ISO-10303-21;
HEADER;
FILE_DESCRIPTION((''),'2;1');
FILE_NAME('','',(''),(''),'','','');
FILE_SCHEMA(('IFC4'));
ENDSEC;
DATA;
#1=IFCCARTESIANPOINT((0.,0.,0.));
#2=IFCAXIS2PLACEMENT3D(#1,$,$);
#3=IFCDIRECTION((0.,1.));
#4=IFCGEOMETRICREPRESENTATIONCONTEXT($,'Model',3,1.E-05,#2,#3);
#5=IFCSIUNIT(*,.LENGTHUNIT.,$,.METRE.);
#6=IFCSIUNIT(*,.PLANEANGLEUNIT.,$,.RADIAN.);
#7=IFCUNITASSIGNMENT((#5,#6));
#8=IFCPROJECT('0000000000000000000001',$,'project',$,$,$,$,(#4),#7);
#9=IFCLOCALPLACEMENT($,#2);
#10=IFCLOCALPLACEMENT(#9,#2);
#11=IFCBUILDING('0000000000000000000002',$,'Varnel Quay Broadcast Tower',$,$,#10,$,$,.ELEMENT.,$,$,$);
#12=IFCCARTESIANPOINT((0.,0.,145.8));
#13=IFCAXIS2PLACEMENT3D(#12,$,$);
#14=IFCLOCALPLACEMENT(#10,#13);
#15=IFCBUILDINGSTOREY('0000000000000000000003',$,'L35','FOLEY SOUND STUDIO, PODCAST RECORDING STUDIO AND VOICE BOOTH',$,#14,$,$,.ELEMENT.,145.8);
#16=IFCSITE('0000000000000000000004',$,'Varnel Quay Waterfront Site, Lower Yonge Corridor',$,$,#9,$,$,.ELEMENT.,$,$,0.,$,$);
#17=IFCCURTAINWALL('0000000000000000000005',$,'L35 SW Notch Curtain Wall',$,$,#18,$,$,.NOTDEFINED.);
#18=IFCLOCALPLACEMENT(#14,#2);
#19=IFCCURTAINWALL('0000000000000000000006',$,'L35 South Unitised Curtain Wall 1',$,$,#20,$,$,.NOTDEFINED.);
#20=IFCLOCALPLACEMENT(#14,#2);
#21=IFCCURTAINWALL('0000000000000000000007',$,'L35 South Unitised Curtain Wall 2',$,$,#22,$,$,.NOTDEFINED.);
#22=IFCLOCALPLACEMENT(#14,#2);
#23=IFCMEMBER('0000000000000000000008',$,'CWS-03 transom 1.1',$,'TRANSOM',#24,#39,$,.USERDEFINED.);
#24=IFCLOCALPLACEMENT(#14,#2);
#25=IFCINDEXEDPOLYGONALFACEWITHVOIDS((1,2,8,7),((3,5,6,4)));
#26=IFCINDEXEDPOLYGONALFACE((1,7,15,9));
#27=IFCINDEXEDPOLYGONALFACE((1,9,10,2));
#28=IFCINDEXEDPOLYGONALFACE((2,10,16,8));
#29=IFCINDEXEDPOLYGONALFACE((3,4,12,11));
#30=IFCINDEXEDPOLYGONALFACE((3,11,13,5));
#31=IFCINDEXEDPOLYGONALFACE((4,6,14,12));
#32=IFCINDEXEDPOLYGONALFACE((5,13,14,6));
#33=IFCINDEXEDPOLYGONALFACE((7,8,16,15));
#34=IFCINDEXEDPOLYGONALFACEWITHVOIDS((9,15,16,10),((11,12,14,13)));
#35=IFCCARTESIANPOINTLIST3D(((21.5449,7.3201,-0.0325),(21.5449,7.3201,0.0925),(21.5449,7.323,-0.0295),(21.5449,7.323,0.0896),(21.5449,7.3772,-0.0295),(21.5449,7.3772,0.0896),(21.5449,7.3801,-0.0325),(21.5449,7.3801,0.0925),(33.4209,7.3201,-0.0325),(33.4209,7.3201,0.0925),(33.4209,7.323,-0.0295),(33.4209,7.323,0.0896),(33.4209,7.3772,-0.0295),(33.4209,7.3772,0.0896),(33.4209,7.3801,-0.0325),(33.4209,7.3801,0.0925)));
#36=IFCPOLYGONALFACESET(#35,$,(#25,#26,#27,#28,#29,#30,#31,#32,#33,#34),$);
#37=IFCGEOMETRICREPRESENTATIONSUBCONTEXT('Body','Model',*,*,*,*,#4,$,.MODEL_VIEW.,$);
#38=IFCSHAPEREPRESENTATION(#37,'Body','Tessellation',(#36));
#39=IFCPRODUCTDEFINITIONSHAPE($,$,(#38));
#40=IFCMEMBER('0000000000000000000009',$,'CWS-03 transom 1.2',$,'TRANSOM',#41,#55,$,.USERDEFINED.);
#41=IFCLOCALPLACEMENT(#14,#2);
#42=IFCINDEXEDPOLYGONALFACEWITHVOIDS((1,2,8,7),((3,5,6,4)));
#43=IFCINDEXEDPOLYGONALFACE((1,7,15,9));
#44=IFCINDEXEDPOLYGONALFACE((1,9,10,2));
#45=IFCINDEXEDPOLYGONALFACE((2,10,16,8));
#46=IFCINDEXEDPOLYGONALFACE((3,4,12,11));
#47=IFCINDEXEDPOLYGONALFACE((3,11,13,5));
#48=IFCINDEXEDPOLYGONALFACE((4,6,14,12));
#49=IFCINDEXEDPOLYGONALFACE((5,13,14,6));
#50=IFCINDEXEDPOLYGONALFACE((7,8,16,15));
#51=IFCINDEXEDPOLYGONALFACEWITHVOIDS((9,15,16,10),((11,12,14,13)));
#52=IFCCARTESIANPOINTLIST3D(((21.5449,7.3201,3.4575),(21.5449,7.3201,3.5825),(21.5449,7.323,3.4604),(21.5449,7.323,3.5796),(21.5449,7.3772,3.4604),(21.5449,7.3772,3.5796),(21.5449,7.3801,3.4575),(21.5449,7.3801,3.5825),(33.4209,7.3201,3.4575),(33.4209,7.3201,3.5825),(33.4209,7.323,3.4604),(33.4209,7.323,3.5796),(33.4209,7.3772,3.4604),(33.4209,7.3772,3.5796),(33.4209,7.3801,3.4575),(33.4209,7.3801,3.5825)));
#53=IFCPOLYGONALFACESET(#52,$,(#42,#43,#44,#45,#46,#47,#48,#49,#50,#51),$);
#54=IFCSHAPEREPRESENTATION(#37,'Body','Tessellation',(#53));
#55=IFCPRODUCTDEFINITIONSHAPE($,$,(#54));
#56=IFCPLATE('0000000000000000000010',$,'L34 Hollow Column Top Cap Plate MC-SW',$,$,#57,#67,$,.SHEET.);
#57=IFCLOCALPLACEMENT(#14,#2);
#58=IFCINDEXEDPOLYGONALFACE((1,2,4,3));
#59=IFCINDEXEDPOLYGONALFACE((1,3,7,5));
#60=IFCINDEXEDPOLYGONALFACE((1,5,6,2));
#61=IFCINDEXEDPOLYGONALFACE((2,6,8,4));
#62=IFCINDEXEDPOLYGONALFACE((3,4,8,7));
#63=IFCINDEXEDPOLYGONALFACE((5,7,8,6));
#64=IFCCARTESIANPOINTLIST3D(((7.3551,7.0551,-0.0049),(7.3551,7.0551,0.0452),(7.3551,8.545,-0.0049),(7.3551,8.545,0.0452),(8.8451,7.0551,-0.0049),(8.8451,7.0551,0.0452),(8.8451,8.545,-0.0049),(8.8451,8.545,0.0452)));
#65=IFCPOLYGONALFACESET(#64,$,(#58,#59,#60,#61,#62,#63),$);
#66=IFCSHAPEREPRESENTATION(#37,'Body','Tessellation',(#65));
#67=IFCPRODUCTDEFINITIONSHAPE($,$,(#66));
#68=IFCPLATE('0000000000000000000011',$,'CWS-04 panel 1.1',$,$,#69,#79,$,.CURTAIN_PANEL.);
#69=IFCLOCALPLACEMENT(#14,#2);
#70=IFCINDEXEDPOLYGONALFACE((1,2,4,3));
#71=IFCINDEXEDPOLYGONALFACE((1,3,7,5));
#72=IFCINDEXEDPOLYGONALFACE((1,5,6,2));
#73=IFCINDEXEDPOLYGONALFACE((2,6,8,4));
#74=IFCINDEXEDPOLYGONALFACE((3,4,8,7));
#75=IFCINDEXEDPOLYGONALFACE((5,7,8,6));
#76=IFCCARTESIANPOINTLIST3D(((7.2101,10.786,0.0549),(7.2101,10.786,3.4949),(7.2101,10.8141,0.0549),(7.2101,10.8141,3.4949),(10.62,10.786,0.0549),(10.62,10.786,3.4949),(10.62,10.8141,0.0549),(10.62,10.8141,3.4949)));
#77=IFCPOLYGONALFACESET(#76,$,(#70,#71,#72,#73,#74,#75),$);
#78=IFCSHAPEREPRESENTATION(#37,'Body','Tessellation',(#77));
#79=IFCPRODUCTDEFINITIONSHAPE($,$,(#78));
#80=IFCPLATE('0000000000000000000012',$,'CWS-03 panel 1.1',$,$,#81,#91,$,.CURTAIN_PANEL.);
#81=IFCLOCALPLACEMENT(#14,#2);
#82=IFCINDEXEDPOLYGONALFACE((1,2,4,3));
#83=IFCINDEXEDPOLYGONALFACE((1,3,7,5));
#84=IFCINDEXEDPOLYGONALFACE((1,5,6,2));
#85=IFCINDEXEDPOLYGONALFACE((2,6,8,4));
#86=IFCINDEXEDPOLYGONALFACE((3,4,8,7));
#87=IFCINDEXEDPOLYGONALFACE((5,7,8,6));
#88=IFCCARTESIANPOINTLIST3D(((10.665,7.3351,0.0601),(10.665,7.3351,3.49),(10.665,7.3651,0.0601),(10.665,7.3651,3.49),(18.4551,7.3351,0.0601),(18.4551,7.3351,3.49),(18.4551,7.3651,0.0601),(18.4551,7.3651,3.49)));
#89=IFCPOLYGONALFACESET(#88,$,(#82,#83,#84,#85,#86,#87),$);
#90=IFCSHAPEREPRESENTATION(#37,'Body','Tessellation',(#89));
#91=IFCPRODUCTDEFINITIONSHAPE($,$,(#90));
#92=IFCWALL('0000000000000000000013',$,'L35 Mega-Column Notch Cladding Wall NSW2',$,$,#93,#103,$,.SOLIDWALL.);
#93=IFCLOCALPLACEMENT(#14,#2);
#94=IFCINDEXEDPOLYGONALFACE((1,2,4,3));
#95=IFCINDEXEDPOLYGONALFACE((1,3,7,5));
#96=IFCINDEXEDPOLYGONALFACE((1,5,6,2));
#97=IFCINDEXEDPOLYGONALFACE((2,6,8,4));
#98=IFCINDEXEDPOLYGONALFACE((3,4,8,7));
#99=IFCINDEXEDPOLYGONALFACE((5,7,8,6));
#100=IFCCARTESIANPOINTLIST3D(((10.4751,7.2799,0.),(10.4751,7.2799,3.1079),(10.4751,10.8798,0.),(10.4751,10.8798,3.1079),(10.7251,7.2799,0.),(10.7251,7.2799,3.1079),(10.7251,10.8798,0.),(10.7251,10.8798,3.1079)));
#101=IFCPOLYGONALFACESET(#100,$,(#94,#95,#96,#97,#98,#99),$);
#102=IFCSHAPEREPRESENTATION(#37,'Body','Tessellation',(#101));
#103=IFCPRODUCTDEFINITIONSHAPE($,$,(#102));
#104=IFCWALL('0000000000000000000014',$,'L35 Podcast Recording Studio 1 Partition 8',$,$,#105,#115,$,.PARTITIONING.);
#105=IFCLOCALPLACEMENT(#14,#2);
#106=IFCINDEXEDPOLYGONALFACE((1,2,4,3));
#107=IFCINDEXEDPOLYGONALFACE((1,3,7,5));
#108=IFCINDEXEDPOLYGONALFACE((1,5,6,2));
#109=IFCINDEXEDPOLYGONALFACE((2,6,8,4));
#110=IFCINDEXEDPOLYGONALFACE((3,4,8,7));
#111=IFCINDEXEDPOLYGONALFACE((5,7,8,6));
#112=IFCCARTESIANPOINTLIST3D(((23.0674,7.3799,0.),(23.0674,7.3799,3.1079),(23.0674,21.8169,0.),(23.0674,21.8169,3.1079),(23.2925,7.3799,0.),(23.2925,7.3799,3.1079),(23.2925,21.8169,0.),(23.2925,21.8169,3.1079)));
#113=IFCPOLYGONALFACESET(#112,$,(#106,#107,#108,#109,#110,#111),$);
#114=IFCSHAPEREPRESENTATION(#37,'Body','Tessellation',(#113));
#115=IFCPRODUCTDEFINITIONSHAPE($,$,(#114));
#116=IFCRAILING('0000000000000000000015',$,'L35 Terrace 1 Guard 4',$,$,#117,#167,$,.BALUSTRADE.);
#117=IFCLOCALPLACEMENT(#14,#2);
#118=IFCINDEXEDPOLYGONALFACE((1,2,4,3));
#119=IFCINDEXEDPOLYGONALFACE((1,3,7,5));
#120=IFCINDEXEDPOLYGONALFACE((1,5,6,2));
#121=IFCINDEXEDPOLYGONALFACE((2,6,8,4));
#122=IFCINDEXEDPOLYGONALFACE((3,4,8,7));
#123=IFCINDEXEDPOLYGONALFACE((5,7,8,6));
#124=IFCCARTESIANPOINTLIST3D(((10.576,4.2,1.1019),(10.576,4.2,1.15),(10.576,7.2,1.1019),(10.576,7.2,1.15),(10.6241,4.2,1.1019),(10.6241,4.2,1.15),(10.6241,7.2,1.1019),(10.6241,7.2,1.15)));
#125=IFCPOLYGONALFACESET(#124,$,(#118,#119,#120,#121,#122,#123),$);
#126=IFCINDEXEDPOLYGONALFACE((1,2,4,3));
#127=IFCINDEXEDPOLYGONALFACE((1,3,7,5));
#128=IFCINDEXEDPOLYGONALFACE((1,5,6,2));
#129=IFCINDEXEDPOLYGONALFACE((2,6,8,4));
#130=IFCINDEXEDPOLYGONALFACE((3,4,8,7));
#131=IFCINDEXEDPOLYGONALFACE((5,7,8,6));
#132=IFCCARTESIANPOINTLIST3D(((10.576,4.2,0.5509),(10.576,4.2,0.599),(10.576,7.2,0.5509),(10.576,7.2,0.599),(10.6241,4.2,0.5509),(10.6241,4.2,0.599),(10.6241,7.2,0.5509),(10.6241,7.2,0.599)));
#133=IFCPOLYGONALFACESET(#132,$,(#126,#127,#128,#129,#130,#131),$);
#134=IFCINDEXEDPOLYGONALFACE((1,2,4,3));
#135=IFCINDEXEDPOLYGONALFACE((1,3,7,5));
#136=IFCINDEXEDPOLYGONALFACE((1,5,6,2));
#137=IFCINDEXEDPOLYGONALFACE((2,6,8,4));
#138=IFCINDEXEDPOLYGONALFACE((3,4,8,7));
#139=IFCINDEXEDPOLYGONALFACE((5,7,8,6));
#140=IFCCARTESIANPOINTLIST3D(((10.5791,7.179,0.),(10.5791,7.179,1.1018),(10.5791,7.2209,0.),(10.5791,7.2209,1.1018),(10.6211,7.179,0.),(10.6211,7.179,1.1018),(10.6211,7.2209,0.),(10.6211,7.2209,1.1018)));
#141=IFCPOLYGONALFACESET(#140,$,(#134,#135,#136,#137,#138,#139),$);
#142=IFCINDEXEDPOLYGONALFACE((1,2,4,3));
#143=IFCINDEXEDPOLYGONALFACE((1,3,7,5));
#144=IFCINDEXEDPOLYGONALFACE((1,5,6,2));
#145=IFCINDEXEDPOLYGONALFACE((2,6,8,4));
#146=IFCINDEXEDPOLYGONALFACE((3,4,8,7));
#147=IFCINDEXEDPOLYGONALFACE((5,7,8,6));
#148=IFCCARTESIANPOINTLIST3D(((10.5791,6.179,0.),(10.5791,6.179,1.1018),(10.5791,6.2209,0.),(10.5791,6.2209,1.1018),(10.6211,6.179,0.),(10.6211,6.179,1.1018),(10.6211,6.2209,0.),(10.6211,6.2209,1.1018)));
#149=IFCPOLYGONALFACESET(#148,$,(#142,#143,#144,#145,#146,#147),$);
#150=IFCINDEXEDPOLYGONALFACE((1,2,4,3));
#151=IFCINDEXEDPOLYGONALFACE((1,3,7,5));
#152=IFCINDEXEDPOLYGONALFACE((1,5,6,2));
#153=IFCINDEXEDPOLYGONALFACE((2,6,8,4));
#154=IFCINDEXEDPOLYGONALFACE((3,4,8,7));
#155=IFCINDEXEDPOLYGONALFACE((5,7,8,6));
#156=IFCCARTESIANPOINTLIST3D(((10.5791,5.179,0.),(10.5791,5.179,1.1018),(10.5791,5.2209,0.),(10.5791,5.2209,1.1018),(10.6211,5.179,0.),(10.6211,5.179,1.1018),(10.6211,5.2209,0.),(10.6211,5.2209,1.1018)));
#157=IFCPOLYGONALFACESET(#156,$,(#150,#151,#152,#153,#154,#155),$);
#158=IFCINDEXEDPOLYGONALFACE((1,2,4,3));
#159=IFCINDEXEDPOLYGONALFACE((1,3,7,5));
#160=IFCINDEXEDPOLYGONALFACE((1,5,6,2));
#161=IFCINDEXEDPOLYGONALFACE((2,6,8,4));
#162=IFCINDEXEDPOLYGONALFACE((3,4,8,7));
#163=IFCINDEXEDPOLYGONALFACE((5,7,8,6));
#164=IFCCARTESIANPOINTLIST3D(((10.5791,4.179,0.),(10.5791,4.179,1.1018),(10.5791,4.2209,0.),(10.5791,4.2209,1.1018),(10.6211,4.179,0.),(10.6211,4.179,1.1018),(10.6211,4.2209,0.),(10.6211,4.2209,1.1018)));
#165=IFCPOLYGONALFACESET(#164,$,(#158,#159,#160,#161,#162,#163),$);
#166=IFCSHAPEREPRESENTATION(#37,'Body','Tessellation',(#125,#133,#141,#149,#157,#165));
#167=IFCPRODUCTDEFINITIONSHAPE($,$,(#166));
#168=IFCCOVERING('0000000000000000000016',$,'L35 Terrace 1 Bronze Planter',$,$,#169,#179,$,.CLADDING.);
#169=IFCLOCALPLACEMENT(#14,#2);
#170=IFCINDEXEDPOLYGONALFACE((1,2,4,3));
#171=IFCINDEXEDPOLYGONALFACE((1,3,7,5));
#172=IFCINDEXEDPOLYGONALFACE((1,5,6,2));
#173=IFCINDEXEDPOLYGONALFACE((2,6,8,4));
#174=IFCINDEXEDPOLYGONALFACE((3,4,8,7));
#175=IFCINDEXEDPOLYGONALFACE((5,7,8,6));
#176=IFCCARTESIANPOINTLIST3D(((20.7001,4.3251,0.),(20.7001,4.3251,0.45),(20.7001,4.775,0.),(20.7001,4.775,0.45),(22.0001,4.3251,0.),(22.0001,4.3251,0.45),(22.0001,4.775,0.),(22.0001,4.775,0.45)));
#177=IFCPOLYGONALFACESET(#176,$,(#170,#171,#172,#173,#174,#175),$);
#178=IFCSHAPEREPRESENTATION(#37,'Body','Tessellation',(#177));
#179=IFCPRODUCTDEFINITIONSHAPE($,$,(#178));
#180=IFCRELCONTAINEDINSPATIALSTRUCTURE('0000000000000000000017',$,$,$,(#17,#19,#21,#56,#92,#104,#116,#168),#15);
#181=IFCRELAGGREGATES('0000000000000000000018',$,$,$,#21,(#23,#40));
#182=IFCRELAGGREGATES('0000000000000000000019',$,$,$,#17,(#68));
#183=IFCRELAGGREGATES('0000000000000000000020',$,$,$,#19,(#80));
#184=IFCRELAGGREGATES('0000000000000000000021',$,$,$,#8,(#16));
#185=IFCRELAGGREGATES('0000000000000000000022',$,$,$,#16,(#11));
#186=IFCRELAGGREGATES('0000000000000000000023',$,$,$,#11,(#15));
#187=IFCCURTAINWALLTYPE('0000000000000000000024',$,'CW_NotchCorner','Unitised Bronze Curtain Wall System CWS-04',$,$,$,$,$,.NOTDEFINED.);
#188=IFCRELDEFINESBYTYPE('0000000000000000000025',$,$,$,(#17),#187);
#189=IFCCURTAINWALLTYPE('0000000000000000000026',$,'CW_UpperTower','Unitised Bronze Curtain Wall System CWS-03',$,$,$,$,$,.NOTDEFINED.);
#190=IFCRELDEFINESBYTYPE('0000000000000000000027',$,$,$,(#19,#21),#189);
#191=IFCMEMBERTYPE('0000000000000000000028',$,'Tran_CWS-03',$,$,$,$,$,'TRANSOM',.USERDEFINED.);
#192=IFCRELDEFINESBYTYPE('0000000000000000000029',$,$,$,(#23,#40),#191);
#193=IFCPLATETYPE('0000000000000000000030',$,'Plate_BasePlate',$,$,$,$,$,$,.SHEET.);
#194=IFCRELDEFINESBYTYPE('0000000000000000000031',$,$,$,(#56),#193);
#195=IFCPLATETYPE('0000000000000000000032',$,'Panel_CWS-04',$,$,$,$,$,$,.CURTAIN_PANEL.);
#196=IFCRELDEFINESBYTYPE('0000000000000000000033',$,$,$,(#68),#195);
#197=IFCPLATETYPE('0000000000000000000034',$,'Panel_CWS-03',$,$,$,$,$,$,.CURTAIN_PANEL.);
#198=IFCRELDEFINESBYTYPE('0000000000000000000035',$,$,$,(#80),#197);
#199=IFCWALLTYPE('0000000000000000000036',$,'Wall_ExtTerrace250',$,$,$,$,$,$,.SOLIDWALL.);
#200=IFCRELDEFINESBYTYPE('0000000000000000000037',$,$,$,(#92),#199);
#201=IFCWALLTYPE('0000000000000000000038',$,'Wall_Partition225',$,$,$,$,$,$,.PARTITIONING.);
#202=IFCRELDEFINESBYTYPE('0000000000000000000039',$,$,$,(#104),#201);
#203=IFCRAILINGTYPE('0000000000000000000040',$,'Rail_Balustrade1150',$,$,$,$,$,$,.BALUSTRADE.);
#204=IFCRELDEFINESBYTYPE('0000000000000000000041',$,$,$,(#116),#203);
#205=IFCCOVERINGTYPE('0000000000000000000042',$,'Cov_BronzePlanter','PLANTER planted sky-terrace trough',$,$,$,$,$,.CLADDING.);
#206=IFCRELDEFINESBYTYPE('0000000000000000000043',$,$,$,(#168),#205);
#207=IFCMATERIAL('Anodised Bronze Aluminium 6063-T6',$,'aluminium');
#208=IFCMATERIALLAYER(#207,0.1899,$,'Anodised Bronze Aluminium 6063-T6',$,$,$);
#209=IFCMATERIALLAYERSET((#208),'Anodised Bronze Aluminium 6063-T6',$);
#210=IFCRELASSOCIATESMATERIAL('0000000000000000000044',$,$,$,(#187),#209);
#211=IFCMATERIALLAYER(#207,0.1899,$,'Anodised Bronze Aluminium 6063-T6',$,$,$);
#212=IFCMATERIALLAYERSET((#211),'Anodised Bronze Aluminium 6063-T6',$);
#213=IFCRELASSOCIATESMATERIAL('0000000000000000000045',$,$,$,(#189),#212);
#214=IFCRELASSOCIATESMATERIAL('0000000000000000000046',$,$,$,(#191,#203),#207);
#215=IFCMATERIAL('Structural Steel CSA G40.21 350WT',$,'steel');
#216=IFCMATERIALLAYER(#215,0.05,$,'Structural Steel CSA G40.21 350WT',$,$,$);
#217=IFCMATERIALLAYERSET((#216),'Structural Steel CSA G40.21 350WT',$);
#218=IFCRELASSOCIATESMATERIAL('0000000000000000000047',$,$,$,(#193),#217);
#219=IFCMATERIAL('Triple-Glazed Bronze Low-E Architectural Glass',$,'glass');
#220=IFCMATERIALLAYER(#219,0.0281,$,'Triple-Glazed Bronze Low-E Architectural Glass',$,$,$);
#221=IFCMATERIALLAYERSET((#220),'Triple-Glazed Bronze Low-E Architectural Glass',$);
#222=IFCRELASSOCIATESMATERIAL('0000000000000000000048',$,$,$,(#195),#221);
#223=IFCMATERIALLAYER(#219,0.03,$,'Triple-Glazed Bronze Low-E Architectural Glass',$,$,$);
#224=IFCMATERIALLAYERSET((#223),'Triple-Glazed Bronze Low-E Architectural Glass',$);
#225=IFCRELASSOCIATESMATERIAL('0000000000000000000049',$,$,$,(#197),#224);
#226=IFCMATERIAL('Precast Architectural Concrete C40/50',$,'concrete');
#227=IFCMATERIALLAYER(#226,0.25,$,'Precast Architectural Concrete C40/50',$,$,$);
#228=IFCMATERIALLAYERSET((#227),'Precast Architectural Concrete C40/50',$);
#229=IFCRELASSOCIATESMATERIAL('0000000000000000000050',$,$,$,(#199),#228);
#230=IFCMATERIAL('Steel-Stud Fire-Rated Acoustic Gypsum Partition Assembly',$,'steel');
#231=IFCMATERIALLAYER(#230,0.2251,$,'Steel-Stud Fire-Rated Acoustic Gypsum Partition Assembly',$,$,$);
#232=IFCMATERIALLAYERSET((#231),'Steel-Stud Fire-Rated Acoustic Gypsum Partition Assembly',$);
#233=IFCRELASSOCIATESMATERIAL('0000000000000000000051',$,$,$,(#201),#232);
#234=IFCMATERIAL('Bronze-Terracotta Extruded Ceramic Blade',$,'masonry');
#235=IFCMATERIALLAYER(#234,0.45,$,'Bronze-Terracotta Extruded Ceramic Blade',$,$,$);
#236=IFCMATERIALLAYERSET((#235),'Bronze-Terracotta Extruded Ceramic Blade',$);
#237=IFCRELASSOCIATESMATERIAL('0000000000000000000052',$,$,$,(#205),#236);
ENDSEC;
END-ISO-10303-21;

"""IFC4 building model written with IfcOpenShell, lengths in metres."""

from ifc_helpers import new_model, si_unit, direction, frame, frame_2d, origin, origin_2d, place, context, subcontext, project, spatial, rectangle, hollow_rectangle, extrude, source, transform, mapped, material, layer, layer_set, material_profile, profile_set, type_object, type_shapes, element, aggregate, save


model = new_model("IFC4")

# Units and contexts
model_context = context("Model", 3, precision=1e-05, world=origin(), true_north=direction((0.0, 1.0)))
body_context = subcontext(model_context, "Body", "Model", "MODEL_VIEW")
ifc_project = project(units=[si_unit("LENGTHUNIT", "METRE"), si_unit("PLANEANGLEUNIT", "RADIAN")], contexts=[model_context])

# Site, building, storey
site_placement = place(None, origin())
site = spatial("IfcSite", under=ifc_project, at=site_placement, Name="Varnel Quay Waterfront Site, Lower Yonge Corridor", CompositionType="ELEMENT", RefElevation=0.0)
building_placement = place(site_placement, origin())
building = spatial("IfcBuilding", under=site, at=building_placement, Name="Varnel Quay Broadcast Tower", CompositionType="ELEMENT")
storey_placement = place(building_placement, frame((0.0, 0.0, 145.8)))
storey = spatial("IfcBuildingStorey", under=building, at=storey_placement, Name="L35", Description="FOLEY SOUND STUDIO, PODCAST RECORDING STUDIO AND VOICE BOOTH", CompositionType="ELEMENT", Elevation=145.8)

# Shared definitions
ifc_material_1 = material(Name="Structural Steel CSA G40.21 350WT", Category="steel")

# Curtain wall
ifc_material_2 = material(Name="Anodised Bronze Aluminium 6063-T6", Category="aluminium")
ifc_layer_1 = layer(ifc_material_2, 0.1899, Name="Anodised Bronze Aluminium 6063-T6")
ifc_layer_set_1 = layer_set([ifc_layer_1], Name="Anodised Bronze Aluminium 6063-T6")
curtain_wall_type_1 = type_object("IfcCurtainWallType", Name="CW_NotchCorner", Description="Unitised Bronze Curtain Wall System CWS-04", PredefinedType="NOTDEFINED", material=ifc_layer_set_1)
curtain_wall_1_placement = place(storey_placement, origin())
curtain_wall_1 = element("IfcCurtainWall", 1, at=curtain_wall_1_placement, inside=storey, type_object=curtain_wall_type_1, Name="L35 SW Notch Curtain Wall", PredefinedType="NOTDEFINED")

# Curtain wall
ifc_layer_2 = layer(ifc_material_2, 0.1899, Name="Anodised Bronze Aluminium 6063-T6")
ifc_layer_set_2 = layer_set([ifc_layer_2], Name="Anodised Bronze Aluminium 6063-T6")
curtain_wall_type_2 = type_object("IfcCurtainWallType", Name="CW_UpperTower", Description="Unitised Bronze Curtain Wall System CWS-03", PredefinedType="NOTDEFINED", material=ifc_layer_set_2)
curtain_wall_2_placement = place(storey_placement, origin())
curtain_wall_2 = element("IfcCurtainWall", 2, at=curtain_wall_2_placement, inside=storey, type_object=curtain_wall_type_2, Name="L35 South Unitised Curtain Wall 1", PredefinedType="NOTDEFINED")

# Curtain wall
curtain_wall_3_placement = place(storey_placement, origin())
curtain_wall_3 = element("IfcCurtainWall", 3, at=curtain_wall_3_placement, inside=storey, type_object=curtain_wall_type_2, Name="L35 South Unitised Curtain Wall 2", PredefinedType="NOTDEFINED")

# Members
ifc_material_profile_1 = material_profile(ifc_material_2, hollow_rectangle(XDim=0.0601, YDim=0.125, WallThickness=0.0029, at=origin_2d()), Name="ALU60X125X3")
ifc_profile_set_1 = profile_set([ifc_material_profile_1], Name="Anodised Bronze Aluminium 6063-T6")
member_type_1 = type_object("IfcMemberType", Name="Tran_CWS-03", ElementType="TRANSOM", PredefinedType="USERDEFINED", material=ifc_profile_set_1)
shared_shape_1 = source(origin(), body_context, "Body", "SweptSolid", [
    extrude(hollow_rectangle(XDim=0.0601, YDim=0.125, WallThickness=0.0029, at=origin_2d()), origin(), (0.0, 0.0, 1.0), 11.876),
])
member_1_placement = place(storey_placement, frame((21.5449, 7.3501, 0.03), z_axis=(1.0, 0.0, 0.0), x_axis=(0.0, 1.0, 0.0)))
member_1 = element("IfcMember", 4, at=member_1_placement, type_object=member_type_1, Name="CWS-03 transom 1.1", ObjectType="TRANSOM", PredefinedType="USERDEFINED", context=body_context, shape_type="MappedRepresentation", body=[
    mapped(shared_shape_1, transform((0.0, 0.0, 0.0), x_axis=(1.0, 0.0, 0.0), y_axis=(0.0, 1.0, 0.0), z_axis=(0.0, 0.0, 1.0), scale=1.0)),
])
member_2_placement = place(storey_placement, frame((21.5449, 7.3501, 3.52), z_axis=(1.0, 0.0, 0.0), x_axis=(0.0, 1.0, 0.0)))
member_2 = element("IfcMember", 5, at=member_2_placement, type_object=member_type_1, Name="CWS-03 transom 1.2", ObjectType="TRANSOM", PredefinedType="USERDEFINED", context=body_context, shape_type="MappedRepresentation", body=[
    mapped(shared_shape_1, transform((0.0, 0.0, 0.0), x_axis=(1.0, 0.0, 0.0), y_axis=(0.0, 1.0, 0.0), z_axis=(0.0, 0.0, 1.0), scale=1.0)),
])
aggregate(curtain_wall_3, [member_1, member_2])

# Plates
ifc_layer_3 = layer(ifc_material_1, 0.05, Name="Structural Steel CSA G40.21 350WT")
ifc_layer_set_3 = layer_set([ifc_layer_3], Name="Structural Steel CSA G40.21 350WT")
plate_type_1 = type_object("IfcPlateType", Name="Plate_BasePlate", PredefinedType="SHEET", material=ifc_layer_set_3)
shared_shape_2 = source(origin(), body_context, "Body", "SweptSolid", [
    extrude(rectangle(XDim=1.49, YDim=1.49, at=origin_2d()), origin(), (0.0, 0.0, 1.0), 0.05),
])
type_shapes(plate_type_1, [shared_shape_2])
plate_1_placement = place(storey_placement, frame((8.1001, 7.8, -0.0049), z_axis=(0.0, 0.0, 1.0), x_axis=(1.0, 0.0, 0.0)))
element("IfcPlate", 6, at=plate_1_placement, inside=storey, type_object=plate_type_1, Name="L34 Hollow Column Top Cap Plate MC-SW", PredefinedType="SHEET", context=body_context, shape_type="MappedRepresentation", body=[
    mapped(shared_shape_2, transform((0.0, 0.0, 0.0), x_axis=(1.0, 0.0, 0.0), y_axis=(0.0, 1.0, 0.0), z_axis=(0.0, 0.0, 1.0), scale=1.0)),
])
ifc_material_3 = material(Name="Triple-Glazed Bronze Low-E Architectural Glass", Category="glass")
ifc_layer_4 = layer(ifc_material_3, 0.0281, Name="Triple-Glazed Bronze Low-E Architectural Glass")
ifc_layer_set_4 = layer_set([ifc_layer_4], Name="Triple-Glazed Bronze Low-E Architectural Glass")
plate_type_2 = type_object("IfcPlateType", Name="Panel_CWS-04", PredefinedType="CURTAIN_PANEL", material=ifc_layer_set_4)
shared_shape_3 = source(origin(), body_context, "Body", "SweptSolid", [
    extrude(rectangle(XDim=3.4099, YDim=0.0281, at=origin_2d()), origin(), (0.0, 0.0, 1.0), 3.4399),
])
type_shapes(plate_type_2, [shared_shape_3])
plate_2_placement = place(storey_placement, frame((8.915, 10.8, 0.0549), z_axis=(0.0, 0.0, 1.0), x_axis=(1.0, 0.0, 0.0)))
plate_2 = element("IfcPlate", 7, at=plate_2_placement, type_object=plate_type_2, Name="CWS-04 panel 1.1", PredefinedType="CURTAIN_PANEL", context=body_context, shape_type="MappedRepresentation", body=[
    mapped(shared_shape_3, transform((0.0, 0.0, 0.0), x_axis=(1.0, 0.0, 0.0), y_axis=(0.0, 1.0, 0.0), z_axis=(0.0, 0.0, 1.0), scale=1.0)),
])
aggregate(curtain_wall_1, [plate_2])
ifc_layer_5 = layer(ifc_material_3, 0.03, Name="Triple-Glazed Bronze Low-E Architectural Glass")
ifc_layer_set_5 = layer_set([ifc_layer_5], Name="Triple-Glazed Bronze Low-E Architectural Glass")
plate_type_3 = type_object("IfcPlateType", Name="Panel_CWS-03", PredefinedType="CURTAIN_PANEL", material=ifc_layer_set_5)
shared_shape_4 = source(origin(), body_context, "Body", "SweptSolid", [
    extrude(rectangle(XDim=7.79, YDim=0.03, at=origin_2d()), origin(), (0.0, 0.0, 1.0), 3.4299),
])
type_shapes(plate_type_3, [shared_shape_4])
plate_3_placement = place(storey_placement, frame((14.5601, 7.3501, 0.0601), z_axis=(0.0, 0.0, 1.0), x_axis=(1.0, 0.0, 0.0)))
plate_3 = element("IfcPlate", 8, at=plate_3_placement, type_object=plate_type_3, Name="CWS-03 panel 1.1", PredefinedType="CURTAIN_PANEL", context=body_context, shape_type="MappedRepresentation", body=[
    mapped(shared_shape_4, transform((0.0, 0.0, 0.0), x_axis=(1.0, 0.0, 0.0), y_axis=(0.0, 1.0, 0.0), z_axis=(0.0, 0.0, 1.0), scale=1.0)),
])
aggregate(curtain_wall_2, [plate_3])

# Shared definitions
ifc_material_4 = material(Name="Precast Architectural Concrete C40/50", Category="concrete")
ifc_layer_6 = layer(ifc_material_4, 0.25, Name="Precast Architectural Concrete C40/50")
ifc_layer_set_6 = layer_set([ifc_layer_6], Name="Precast Architectural Concrete C40/50")
wall_type_1 = type_object("IfcWallType", Name="Wall_ExtTerrace250", PredefinedType="SOLIDWALL", material=ifc_layer_set_6)

# Walls
wall_1_placement = place(storey_placement, frame((10.6001, 7.28, 0.0), z_axis=(0.0, 0.0, 1.0), x_axis=(0.0, 1.0, 0.0)))
element("IfcWall", 9, at=wall_1_placement, inside=storey, type_object=wall_type_1, Name="L35 Mega-Column Notch Cladding Wall NSW2", PredefinedType="SOLIDWALL", context=body_context, shape_type="SweptSolid", body=[
    extrude(rectangle(XDim=3.5999, YDim=0.25, at=frame_2d((1.7998, 0.0))), origin(), (0.0, 0.0, 1.0), 3.1079),
])
ifc_material_5 = material(Name="Steel-Stud Fire-Rated Acoustic Gypsum Partition Assembly", Category="steel")
ifc_layer_7 = layer(ifc_material_5, 0.2251, Name="Steel-Stud Fire-Rated Acoustic Gypsum Partition Assembly")
ifc_layer_set_7 = layer_set([ifc_layer_7], Name="Steel-Stud Fire-Rated Acoustic Gypsum Partition Assembly")
wall_type_2 = type_object("IfcWallType", Name="Wall_Partition225", PredefinedType="PARTITIONING", material=ifc_layer_set_7)
wall_2_placement = place(storey_placement, frame((23.1799, 7.3799, 0.0), z_axis=(0.0, 0.0, 1.0), x_axis=(0.0, 1.0, 0.0)))
element("IfcWall", 10, at=wall_2_placement, inside=storey, type_object=wall_type_2, Name="L35 Podcast Recording Studio 1 Partition 8", PredefinedType="PARTITIONING", context=body_context, shape_type="SweptSolid", body=[
    extrude(rectangle(XDim=14.437, YDim=0.2251, at=frame_2d((7.2185, 0.0))), origin(), (0.0, 0.0, 1.0), 3.1079),
])

# Railing
railing_type = type_object("IfcRailingType", Name="Rail_Balustrade1150", PredefinedType="BALUSTRADE", material=ifc_material_2)
railing_1_placement = place(storey_placement, frame((10.6001, 7.2, 0.0)))
element("IfcRailing", 11, at=railing_1_placement, inside=storey, type_object=railing_type, Name="L35 Terrace 1 Guard 4", PredefinedType="BALUSTRADE", context=body_context, shape_type="SweptSolid", body=[
    extrude(rectangle(XDim=0.0481, YDim=0.0481, at=origin_2d()), frame((0.0, 0.0, 1.126), z_axis=(0.0, -1.0, 0.0), x_axis=(1.0, 0.0, 0.0)), (0.0, 0.0, 1.0), 3.0),
    extrude(rectangle(XDim=0.0481, YDim=0.0481, at=origin_2d()), frame((0.0, 0.0, 0.575), z_axis=(0.0, -1.0, 0.0), x_axis=(1.0, 0.0, 0.0)), (0.0, 0.0, 1.0), 3.0),
    extrude(rectangle(XDim=0.042, YDim=0.042, at=origin_2d()), origin(), (0.0, 0.0, 1.0), 1.1018),
    extrude(rectangle(XDim=0.042, YDim=0.042, at=origin_2d()), frame((0.0, -1.0, 0.0)), (0.0, 0.0, 1.0), 1.1018),
    extrude(rectangle(XDim=0.042, YDim=0.042, at=origin_2d()), frame((0.0, -2.0, 0.0)), (0.0, 0.0, 1.0), 1.1018),
    extrude(rectangle(XDim=0.042, YDim=0.042, at=origin_2d()), frame((0.0, -3.0, 0.0)), (0.0, 0.0, 1.0), 1.1018),
])

# Covering
ifc_material_6 = material(Name="Bronze-Terracotta Extruded Ceramic Blade", Category="masonry")
ifc_layer_8 = layer(ifc_material_6, 0.45, Name="Bronze-Terracotta Extruded Ceramic Blade")
ifc_layer_set_8 = layer_set([ifc_layer_8], Name="Bronze-Terracotta Extruded Ceramic Blade")
covering_type = type_object("IfcCoveringType", Name="Cov_BronzePlanter", Description="PLANTER planted sky-terrace trough", PredefinedType="CLADDING", material=ifc_layer_set_8)
shared_shape_5 = source(origin(), body_context, "Body", "SweptSolid", [
    extrude(rectangle(XDim=1.3, YDim=0.45, at=origin_2d()), origin(), (0.0, 0.0, 1.0), 0.45),
])
type_shapes(covering_type, [shared_shape_5])
covering_placement = place(storey_placement, frame((21.3501, 4.55, 0.0), z_axis=(0.0, 0.0, 1.0), x_axis=(1.0, 0.0, 0.0)))
element("IfcCovering", 12, at=covering_placement, inside=storey, type_object=covering_type, Name="L35 Terrace 1 Bronze Planter", PredefinedType="CLADDING", context=body_context, shape_type="MappedRepresentation", body=[
    mapped(shared_shape_5, transform((0.0, 0.0, 0.0), x_axis=(1.0, 0.0, 0.0), y_axis=(0.0, 1.0, 0.0), z_axis=(0.0, 0.0, 1.0), scale=1.0)),
])

save(model, "model.ifc")
